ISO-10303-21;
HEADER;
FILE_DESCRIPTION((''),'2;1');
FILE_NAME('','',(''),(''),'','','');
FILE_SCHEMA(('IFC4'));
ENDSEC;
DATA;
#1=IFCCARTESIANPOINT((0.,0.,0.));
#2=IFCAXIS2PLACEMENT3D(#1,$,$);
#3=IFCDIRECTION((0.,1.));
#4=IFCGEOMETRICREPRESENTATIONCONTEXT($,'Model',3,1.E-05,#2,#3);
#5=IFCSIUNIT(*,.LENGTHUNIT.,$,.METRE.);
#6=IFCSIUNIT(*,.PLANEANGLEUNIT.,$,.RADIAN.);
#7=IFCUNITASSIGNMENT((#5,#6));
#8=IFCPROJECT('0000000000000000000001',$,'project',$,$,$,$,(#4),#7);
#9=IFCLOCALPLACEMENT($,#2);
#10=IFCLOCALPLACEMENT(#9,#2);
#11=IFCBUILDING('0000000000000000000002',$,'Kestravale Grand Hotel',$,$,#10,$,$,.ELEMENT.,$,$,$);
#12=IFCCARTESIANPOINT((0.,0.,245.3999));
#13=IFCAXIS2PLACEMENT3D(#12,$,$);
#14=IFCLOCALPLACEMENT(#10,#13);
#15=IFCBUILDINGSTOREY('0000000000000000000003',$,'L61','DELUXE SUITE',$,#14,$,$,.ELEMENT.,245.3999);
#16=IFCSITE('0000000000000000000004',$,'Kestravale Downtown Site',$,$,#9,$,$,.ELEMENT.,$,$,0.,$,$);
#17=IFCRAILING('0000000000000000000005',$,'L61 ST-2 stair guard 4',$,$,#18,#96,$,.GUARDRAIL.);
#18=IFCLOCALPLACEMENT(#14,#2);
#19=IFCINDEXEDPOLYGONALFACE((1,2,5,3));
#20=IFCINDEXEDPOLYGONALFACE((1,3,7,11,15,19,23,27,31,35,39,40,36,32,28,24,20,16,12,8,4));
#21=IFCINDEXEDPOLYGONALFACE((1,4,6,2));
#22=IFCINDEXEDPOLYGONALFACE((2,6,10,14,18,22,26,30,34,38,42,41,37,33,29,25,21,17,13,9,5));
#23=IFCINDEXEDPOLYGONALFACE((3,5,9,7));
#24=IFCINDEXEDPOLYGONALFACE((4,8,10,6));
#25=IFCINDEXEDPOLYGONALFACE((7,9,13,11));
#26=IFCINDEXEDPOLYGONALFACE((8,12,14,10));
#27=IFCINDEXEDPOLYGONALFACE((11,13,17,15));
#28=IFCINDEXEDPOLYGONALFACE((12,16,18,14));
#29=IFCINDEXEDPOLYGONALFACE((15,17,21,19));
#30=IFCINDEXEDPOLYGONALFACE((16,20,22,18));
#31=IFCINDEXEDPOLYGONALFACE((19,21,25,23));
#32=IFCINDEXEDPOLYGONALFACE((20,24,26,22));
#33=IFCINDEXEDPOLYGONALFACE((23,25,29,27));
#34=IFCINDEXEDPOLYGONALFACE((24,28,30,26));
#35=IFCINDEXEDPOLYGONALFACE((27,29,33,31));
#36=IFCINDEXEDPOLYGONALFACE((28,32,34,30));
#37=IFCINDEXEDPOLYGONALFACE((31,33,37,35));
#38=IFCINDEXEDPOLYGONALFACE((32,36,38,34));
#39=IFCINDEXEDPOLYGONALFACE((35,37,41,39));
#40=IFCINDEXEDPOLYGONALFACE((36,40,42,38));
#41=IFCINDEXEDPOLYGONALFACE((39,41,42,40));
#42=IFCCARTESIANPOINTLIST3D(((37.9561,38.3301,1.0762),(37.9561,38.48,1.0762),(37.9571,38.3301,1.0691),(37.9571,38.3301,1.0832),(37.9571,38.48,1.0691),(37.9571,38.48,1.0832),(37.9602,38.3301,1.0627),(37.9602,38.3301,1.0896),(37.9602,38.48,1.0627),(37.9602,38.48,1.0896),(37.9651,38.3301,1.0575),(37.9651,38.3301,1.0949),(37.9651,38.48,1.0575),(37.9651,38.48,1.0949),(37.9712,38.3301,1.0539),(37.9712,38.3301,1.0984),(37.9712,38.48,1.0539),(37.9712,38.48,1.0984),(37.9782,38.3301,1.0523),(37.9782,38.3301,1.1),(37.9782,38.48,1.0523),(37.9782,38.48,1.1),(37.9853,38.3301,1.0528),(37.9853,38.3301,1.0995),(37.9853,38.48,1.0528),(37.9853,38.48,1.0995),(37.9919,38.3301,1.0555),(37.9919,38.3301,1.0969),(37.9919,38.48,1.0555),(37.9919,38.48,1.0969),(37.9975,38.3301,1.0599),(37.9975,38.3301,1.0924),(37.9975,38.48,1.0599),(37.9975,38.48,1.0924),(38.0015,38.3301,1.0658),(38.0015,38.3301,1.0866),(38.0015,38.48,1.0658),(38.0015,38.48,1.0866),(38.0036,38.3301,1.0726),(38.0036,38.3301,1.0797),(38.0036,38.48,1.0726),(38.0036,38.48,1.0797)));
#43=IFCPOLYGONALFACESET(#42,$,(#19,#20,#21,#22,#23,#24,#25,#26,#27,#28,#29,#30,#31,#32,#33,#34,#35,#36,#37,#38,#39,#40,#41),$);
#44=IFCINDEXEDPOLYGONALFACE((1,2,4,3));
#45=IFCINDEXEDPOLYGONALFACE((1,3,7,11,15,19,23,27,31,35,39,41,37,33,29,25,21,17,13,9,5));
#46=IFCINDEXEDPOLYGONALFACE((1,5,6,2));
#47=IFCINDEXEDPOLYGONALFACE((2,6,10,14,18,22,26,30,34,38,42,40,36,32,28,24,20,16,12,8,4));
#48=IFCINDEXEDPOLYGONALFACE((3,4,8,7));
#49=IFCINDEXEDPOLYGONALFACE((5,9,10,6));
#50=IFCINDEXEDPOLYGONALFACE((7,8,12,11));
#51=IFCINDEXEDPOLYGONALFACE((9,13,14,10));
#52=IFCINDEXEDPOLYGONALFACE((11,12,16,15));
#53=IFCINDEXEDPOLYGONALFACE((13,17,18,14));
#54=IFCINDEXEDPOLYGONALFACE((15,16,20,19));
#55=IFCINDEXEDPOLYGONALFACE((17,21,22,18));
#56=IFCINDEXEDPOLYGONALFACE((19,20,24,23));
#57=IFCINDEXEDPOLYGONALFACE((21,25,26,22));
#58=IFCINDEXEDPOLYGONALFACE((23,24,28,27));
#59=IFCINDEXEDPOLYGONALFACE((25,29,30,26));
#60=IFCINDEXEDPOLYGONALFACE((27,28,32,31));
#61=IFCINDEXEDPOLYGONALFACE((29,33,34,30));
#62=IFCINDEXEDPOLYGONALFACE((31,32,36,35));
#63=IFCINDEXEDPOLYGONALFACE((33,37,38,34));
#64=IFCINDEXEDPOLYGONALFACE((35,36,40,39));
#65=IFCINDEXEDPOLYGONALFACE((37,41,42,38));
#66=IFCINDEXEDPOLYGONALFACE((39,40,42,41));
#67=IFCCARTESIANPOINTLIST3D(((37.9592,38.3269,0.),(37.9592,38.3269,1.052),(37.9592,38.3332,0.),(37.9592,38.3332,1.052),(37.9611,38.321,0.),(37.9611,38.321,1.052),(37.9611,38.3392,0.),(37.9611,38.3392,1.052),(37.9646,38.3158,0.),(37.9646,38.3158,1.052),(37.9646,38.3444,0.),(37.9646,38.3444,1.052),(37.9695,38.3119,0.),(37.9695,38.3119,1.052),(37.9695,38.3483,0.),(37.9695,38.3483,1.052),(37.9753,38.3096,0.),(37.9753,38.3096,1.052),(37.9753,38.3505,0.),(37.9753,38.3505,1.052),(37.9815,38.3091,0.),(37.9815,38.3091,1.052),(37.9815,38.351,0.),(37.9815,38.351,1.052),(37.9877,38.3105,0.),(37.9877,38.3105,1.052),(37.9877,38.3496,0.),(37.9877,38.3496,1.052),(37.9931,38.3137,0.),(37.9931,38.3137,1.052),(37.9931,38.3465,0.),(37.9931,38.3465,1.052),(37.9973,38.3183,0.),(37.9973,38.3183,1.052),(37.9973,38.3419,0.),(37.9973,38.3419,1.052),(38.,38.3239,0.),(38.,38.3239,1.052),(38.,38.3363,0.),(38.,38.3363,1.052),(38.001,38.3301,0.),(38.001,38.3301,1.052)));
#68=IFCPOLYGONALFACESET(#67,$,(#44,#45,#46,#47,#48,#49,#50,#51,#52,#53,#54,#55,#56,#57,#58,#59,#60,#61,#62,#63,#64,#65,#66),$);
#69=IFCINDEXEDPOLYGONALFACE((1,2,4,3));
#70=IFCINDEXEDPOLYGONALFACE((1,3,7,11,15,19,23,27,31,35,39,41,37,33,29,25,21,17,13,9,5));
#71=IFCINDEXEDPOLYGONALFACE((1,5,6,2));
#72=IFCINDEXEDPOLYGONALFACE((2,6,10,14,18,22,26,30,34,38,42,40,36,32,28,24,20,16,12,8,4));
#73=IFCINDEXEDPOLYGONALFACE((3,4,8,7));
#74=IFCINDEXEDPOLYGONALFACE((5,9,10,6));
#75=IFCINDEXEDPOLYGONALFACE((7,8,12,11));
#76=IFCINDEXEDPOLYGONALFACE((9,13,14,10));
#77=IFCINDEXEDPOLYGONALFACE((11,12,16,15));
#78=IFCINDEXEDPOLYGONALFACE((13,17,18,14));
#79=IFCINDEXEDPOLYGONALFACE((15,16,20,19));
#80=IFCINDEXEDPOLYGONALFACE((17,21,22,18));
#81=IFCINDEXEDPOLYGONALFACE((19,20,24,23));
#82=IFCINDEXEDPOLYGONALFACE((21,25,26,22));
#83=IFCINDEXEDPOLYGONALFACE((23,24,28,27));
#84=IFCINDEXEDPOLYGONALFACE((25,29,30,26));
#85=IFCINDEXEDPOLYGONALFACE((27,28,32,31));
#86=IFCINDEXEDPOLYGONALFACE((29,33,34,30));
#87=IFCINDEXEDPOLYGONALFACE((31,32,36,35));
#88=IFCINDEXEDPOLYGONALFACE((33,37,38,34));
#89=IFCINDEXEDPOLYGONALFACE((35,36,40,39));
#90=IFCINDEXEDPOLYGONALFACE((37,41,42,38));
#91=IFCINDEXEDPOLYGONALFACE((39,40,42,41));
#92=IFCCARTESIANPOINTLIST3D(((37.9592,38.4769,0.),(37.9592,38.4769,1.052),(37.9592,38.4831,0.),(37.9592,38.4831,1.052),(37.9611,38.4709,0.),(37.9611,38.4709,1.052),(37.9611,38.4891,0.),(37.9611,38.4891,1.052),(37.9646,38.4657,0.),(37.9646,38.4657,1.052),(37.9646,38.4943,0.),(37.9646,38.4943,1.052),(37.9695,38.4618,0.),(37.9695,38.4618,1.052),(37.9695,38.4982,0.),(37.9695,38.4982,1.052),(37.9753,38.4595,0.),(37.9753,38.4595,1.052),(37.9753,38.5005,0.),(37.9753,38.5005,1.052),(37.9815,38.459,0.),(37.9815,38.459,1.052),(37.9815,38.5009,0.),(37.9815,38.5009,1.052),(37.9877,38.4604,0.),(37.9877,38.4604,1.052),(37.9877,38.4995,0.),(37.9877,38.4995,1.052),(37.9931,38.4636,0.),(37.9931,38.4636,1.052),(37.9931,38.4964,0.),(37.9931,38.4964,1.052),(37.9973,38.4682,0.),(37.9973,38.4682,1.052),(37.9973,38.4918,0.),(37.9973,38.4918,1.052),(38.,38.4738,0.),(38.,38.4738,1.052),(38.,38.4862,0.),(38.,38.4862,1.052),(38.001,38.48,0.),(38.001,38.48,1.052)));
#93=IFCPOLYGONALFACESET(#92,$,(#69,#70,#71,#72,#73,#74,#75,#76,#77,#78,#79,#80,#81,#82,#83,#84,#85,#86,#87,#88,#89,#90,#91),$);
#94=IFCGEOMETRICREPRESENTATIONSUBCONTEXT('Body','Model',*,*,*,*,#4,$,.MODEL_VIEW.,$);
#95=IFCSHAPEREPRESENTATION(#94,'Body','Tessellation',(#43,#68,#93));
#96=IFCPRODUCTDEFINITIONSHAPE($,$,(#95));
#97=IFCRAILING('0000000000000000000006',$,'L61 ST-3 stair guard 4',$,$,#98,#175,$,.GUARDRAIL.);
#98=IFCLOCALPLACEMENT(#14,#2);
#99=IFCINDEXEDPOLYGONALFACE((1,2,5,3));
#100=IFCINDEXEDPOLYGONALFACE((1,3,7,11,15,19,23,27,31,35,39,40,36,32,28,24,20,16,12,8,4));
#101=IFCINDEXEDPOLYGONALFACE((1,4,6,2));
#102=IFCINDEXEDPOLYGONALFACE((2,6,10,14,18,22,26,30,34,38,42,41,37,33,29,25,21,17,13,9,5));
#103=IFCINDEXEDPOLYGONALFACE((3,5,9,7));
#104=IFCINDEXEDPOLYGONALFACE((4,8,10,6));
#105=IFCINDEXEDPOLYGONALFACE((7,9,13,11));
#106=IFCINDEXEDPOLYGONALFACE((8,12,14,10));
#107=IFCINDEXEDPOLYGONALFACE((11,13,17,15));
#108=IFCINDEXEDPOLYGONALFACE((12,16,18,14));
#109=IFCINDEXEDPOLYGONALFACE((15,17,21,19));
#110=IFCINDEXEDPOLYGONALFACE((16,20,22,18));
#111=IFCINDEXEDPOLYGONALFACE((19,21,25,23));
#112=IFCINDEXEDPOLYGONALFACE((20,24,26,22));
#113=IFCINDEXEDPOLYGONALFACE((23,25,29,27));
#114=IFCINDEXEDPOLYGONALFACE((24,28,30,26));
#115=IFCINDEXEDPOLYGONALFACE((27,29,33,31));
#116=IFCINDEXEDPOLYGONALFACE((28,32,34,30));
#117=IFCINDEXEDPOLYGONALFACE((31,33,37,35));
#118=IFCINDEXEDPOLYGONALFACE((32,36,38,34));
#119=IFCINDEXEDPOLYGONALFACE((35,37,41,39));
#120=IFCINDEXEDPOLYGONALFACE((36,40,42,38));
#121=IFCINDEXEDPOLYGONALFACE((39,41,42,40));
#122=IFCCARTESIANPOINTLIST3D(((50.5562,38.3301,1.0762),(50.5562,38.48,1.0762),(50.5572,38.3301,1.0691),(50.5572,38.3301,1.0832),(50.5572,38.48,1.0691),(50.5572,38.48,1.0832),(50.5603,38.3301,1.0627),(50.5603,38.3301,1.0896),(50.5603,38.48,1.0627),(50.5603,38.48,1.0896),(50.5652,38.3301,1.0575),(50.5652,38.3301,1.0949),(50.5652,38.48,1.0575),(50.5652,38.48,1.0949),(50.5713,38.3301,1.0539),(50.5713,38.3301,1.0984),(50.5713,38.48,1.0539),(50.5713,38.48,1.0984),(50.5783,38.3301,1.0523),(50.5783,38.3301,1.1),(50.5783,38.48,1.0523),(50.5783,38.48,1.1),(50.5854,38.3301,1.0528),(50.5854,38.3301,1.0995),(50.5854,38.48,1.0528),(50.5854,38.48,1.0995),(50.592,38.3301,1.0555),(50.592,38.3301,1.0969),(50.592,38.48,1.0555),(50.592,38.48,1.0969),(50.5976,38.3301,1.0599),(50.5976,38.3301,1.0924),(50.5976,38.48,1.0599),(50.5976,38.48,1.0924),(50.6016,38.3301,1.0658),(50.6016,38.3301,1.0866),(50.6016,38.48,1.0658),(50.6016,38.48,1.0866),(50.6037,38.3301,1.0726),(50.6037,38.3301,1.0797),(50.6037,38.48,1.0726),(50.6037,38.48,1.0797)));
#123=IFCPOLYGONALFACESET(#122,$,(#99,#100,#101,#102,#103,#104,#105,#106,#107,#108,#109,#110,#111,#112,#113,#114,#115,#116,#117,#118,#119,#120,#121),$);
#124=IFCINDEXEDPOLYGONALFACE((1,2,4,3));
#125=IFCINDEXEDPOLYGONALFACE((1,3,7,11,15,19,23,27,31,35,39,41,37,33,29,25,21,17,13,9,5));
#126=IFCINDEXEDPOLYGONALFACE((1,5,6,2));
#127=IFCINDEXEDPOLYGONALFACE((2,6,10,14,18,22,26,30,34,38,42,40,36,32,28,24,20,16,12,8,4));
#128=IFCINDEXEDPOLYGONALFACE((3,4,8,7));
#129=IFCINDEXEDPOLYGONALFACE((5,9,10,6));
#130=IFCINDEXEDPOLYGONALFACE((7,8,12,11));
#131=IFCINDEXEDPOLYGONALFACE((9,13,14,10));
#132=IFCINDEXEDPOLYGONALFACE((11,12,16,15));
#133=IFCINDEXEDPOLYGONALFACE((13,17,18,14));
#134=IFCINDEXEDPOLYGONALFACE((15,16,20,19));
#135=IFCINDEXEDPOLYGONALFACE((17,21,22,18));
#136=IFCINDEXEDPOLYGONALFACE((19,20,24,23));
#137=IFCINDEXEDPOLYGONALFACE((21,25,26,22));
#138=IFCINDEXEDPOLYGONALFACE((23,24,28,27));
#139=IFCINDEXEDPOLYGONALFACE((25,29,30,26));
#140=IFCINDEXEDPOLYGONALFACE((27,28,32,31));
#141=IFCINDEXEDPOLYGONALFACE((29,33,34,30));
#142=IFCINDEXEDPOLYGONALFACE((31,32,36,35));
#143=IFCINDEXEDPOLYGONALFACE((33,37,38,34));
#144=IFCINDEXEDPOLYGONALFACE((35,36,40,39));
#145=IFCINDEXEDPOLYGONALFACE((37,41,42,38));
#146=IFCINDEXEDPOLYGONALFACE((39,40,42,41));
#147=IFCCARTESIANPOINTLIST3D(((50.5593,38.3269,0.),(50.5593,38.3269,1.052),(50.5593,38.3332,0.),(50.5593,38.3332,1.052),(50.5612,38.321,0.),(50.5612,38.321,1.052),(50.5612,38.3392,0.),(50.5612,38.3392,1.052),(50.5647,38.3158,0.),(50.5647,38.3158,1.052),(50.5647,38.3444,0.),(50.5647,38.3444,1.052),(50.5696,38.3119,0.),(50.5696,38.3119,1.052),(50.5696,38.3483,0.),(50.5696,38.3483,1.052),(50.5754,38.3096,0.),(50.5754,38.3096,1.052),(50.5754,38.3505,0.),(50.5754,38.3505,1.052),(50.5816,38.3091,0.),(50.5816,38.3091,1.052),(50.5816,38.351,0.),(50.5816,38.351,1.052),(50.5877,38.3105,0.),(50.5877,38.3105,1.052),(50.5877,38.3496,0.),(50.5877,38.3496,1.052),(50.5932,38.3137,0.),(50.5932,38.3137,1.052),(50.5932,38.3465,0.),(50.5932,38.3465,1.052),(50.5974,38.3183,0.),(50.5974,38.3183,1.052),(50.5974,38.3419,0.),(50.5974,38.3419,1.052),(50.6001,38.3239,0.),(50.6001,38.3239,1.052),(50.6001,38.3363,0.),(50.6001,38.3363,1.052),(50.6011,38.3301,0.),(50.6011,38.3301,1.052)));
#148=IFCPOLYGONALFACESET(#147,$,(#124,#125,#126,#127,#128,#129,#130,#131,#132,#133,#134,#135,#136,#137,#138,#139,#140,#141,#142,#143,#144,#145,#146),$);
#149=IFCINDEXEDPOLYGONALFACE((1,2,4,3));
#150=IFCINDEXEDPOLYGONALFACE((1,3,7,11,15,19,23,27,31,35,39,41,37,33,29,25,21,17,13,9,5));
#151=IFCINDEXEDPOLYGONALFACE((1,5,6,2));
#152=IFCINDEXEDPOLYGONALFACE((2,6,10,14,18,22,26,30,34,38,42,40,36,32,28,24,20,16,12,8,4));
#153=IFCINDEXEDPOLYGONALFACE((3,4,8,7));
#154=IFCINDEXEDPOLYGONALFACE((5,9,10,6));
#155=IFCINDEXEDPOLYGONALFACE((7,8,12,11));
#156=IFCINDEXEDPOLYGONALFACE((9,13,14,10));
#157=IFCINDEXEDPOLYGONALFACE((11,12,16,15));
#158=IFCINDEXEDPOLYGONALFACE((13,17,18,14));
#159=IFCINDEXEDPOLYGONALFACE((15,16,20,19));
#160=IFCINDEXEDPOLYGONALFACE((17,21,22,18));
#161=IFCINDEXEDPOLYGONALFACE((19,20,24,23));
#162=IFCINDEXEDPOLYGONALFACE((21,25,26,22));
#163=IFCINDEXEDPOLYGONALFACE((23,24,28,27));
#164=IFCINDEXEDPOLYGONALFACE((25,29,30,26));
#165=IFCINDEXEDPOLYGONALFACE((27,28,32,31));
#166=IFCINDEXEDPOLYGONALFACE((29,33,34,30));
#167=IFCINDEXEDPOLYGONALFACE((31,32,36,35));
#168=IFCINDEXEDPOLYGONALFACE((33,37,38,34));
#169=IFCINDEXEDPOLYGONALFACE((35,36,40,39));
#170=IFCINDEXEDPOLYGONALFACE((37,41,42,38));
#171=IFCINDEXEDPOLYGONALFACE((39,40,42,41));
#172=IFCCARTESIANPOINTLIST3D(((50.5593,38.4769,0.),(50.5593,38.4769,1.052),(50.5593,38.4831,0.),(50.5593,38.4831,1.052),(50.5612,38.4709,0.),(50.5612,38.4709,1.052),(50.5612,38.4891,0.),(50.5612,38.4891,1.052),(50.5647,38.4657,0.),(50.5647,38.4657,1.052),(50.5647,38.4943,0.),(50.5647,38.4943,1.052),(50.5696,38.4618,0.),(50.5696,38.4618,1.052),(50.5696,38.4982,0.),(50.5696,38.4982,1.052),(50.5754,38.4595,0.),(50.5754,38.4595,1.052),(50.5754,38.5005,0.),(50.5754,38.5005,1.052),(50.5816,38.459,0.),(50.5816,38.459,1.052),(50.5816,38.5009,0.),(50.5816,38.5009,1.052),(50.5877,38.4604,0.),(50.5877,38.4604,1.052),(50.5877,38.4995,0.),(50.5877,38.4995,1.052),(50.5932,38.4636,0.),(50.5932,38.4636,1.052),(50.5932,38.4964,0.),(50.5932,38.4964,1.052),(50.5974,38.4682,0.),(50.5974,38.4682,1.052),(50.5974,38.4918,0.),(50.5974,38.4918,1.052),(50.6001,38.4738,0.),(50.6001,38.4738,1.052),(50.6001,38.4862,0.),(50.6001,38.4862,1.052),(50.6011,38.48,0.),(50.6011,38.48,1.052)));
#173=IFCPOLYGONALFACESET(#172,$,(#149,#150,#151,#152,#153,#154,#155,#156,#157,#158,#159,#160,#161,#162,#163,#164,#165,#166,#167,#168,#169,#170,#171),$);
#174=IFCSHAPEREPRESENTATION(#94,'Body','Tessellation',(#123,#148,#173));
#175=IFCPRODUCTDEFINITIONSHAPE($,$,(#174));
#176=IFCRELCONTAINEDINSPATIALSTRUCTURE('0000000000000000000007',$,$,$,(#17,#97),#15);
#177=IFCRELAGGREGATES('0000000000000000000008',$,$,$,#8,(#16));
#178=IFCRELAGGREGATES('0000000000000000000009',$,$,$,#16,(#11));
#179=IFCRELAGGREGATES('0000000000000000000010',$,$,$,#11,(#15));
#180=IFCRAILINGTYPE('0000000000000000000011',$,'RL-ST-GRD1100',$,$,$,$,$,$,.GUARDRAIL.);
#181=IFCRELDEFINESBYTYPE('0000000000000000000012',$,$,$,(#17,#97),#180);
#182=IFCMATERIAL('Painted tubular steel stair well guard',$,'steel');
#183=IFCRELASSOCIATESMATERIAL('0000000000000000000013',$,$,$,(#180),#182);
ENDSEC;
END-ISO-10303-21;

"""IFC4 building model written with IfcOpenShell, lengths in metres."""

from ifc_helpers import new_model, si_unit, direction, frame, origin, origin_2d, place, context, subcontext, project, spatial, circle, extrude, material, type_object, element, save


model = new_model("IFC4")

# Units and contexts
model_context = context("Model", 3, precision=1e-05, world=origin(), true_north=direction((0.0, 1.0)))
body_context = subcontext(model_context, "Body", "Model", "MODEL_VIEW")
ifc_project = project(units=[si_unit("LENGTHUNIT", "METRE"), si_unit("PLANEANGLEUNIT", "RADIAN")], contexts=[model_context])

# Site, building, storey
site_placement = place(None, origin())
site = spatial("IfcSite", under=ifc_project, at=site_placement, Name="Kestravale Downtown Site", CompositionType="ELEMENT", RefElevation=0.0)
building_placement = place(site_placement, origin())
building = spatial("IfcBuilding", under=site, at=building_placement, Name="Kestravale Grand Hotel", CompositionType="ELEMENT")
storey_placement = place(building_placement, frame((0.0, 0.0, 245.3999)))
storey = spatial("IfcBuildingStorey", under=building, at=storey_placement, Name="L61", Description="DELUXE SUITE", CompositionType="ELEMENT", Elevation=245.3999)

# Railings
ifc_material_1 = material(Name="Painted tubular steel stair well guard", Category="steel")
railing_type_1 = type_object("IfcRailingType", Name="RL-ST-GRD1100", PredefinedType="GUARDRAIL", material=ifc_material_1)
for number, where, name in (
    (1, (37.98, 38.3301, 0.0), "L61 ST-2 stair guard 4"),
    (2, (50.5801, 38.3301, 0.0), "L61 ST-3 stair guard 4"),
):
    element("IfcRailing", number, at=place(storey_placement, frame(where)), inside=storey, type_object=railing_type_1, Name=name, PredefinedType="GUARDRAIL", context=body_context, shape_type="SweptSolid", body=[
        extrude(circle(Radius=0.0239, at=origin_2d()), frame((0.0, 0.0, 1.0762), z_axis=(0.0, 1.0, 0.0), x_axis=(-1.0, 0.0, 0.0)), (0.0, 0.0, 1.0), 0.1499),
        extrude(circle(Radius=0.021, at=origin_2d()), origin(), (0.0, 0.0, 1.0), 1.052),
        extrude(circle(Radius=0.021, at=origin_2d()), frame((0.0, 0.1499, 0.0)), (0.0, 0.0, 1.0), 1.052),
    ])

save(model, "model.ifc")
